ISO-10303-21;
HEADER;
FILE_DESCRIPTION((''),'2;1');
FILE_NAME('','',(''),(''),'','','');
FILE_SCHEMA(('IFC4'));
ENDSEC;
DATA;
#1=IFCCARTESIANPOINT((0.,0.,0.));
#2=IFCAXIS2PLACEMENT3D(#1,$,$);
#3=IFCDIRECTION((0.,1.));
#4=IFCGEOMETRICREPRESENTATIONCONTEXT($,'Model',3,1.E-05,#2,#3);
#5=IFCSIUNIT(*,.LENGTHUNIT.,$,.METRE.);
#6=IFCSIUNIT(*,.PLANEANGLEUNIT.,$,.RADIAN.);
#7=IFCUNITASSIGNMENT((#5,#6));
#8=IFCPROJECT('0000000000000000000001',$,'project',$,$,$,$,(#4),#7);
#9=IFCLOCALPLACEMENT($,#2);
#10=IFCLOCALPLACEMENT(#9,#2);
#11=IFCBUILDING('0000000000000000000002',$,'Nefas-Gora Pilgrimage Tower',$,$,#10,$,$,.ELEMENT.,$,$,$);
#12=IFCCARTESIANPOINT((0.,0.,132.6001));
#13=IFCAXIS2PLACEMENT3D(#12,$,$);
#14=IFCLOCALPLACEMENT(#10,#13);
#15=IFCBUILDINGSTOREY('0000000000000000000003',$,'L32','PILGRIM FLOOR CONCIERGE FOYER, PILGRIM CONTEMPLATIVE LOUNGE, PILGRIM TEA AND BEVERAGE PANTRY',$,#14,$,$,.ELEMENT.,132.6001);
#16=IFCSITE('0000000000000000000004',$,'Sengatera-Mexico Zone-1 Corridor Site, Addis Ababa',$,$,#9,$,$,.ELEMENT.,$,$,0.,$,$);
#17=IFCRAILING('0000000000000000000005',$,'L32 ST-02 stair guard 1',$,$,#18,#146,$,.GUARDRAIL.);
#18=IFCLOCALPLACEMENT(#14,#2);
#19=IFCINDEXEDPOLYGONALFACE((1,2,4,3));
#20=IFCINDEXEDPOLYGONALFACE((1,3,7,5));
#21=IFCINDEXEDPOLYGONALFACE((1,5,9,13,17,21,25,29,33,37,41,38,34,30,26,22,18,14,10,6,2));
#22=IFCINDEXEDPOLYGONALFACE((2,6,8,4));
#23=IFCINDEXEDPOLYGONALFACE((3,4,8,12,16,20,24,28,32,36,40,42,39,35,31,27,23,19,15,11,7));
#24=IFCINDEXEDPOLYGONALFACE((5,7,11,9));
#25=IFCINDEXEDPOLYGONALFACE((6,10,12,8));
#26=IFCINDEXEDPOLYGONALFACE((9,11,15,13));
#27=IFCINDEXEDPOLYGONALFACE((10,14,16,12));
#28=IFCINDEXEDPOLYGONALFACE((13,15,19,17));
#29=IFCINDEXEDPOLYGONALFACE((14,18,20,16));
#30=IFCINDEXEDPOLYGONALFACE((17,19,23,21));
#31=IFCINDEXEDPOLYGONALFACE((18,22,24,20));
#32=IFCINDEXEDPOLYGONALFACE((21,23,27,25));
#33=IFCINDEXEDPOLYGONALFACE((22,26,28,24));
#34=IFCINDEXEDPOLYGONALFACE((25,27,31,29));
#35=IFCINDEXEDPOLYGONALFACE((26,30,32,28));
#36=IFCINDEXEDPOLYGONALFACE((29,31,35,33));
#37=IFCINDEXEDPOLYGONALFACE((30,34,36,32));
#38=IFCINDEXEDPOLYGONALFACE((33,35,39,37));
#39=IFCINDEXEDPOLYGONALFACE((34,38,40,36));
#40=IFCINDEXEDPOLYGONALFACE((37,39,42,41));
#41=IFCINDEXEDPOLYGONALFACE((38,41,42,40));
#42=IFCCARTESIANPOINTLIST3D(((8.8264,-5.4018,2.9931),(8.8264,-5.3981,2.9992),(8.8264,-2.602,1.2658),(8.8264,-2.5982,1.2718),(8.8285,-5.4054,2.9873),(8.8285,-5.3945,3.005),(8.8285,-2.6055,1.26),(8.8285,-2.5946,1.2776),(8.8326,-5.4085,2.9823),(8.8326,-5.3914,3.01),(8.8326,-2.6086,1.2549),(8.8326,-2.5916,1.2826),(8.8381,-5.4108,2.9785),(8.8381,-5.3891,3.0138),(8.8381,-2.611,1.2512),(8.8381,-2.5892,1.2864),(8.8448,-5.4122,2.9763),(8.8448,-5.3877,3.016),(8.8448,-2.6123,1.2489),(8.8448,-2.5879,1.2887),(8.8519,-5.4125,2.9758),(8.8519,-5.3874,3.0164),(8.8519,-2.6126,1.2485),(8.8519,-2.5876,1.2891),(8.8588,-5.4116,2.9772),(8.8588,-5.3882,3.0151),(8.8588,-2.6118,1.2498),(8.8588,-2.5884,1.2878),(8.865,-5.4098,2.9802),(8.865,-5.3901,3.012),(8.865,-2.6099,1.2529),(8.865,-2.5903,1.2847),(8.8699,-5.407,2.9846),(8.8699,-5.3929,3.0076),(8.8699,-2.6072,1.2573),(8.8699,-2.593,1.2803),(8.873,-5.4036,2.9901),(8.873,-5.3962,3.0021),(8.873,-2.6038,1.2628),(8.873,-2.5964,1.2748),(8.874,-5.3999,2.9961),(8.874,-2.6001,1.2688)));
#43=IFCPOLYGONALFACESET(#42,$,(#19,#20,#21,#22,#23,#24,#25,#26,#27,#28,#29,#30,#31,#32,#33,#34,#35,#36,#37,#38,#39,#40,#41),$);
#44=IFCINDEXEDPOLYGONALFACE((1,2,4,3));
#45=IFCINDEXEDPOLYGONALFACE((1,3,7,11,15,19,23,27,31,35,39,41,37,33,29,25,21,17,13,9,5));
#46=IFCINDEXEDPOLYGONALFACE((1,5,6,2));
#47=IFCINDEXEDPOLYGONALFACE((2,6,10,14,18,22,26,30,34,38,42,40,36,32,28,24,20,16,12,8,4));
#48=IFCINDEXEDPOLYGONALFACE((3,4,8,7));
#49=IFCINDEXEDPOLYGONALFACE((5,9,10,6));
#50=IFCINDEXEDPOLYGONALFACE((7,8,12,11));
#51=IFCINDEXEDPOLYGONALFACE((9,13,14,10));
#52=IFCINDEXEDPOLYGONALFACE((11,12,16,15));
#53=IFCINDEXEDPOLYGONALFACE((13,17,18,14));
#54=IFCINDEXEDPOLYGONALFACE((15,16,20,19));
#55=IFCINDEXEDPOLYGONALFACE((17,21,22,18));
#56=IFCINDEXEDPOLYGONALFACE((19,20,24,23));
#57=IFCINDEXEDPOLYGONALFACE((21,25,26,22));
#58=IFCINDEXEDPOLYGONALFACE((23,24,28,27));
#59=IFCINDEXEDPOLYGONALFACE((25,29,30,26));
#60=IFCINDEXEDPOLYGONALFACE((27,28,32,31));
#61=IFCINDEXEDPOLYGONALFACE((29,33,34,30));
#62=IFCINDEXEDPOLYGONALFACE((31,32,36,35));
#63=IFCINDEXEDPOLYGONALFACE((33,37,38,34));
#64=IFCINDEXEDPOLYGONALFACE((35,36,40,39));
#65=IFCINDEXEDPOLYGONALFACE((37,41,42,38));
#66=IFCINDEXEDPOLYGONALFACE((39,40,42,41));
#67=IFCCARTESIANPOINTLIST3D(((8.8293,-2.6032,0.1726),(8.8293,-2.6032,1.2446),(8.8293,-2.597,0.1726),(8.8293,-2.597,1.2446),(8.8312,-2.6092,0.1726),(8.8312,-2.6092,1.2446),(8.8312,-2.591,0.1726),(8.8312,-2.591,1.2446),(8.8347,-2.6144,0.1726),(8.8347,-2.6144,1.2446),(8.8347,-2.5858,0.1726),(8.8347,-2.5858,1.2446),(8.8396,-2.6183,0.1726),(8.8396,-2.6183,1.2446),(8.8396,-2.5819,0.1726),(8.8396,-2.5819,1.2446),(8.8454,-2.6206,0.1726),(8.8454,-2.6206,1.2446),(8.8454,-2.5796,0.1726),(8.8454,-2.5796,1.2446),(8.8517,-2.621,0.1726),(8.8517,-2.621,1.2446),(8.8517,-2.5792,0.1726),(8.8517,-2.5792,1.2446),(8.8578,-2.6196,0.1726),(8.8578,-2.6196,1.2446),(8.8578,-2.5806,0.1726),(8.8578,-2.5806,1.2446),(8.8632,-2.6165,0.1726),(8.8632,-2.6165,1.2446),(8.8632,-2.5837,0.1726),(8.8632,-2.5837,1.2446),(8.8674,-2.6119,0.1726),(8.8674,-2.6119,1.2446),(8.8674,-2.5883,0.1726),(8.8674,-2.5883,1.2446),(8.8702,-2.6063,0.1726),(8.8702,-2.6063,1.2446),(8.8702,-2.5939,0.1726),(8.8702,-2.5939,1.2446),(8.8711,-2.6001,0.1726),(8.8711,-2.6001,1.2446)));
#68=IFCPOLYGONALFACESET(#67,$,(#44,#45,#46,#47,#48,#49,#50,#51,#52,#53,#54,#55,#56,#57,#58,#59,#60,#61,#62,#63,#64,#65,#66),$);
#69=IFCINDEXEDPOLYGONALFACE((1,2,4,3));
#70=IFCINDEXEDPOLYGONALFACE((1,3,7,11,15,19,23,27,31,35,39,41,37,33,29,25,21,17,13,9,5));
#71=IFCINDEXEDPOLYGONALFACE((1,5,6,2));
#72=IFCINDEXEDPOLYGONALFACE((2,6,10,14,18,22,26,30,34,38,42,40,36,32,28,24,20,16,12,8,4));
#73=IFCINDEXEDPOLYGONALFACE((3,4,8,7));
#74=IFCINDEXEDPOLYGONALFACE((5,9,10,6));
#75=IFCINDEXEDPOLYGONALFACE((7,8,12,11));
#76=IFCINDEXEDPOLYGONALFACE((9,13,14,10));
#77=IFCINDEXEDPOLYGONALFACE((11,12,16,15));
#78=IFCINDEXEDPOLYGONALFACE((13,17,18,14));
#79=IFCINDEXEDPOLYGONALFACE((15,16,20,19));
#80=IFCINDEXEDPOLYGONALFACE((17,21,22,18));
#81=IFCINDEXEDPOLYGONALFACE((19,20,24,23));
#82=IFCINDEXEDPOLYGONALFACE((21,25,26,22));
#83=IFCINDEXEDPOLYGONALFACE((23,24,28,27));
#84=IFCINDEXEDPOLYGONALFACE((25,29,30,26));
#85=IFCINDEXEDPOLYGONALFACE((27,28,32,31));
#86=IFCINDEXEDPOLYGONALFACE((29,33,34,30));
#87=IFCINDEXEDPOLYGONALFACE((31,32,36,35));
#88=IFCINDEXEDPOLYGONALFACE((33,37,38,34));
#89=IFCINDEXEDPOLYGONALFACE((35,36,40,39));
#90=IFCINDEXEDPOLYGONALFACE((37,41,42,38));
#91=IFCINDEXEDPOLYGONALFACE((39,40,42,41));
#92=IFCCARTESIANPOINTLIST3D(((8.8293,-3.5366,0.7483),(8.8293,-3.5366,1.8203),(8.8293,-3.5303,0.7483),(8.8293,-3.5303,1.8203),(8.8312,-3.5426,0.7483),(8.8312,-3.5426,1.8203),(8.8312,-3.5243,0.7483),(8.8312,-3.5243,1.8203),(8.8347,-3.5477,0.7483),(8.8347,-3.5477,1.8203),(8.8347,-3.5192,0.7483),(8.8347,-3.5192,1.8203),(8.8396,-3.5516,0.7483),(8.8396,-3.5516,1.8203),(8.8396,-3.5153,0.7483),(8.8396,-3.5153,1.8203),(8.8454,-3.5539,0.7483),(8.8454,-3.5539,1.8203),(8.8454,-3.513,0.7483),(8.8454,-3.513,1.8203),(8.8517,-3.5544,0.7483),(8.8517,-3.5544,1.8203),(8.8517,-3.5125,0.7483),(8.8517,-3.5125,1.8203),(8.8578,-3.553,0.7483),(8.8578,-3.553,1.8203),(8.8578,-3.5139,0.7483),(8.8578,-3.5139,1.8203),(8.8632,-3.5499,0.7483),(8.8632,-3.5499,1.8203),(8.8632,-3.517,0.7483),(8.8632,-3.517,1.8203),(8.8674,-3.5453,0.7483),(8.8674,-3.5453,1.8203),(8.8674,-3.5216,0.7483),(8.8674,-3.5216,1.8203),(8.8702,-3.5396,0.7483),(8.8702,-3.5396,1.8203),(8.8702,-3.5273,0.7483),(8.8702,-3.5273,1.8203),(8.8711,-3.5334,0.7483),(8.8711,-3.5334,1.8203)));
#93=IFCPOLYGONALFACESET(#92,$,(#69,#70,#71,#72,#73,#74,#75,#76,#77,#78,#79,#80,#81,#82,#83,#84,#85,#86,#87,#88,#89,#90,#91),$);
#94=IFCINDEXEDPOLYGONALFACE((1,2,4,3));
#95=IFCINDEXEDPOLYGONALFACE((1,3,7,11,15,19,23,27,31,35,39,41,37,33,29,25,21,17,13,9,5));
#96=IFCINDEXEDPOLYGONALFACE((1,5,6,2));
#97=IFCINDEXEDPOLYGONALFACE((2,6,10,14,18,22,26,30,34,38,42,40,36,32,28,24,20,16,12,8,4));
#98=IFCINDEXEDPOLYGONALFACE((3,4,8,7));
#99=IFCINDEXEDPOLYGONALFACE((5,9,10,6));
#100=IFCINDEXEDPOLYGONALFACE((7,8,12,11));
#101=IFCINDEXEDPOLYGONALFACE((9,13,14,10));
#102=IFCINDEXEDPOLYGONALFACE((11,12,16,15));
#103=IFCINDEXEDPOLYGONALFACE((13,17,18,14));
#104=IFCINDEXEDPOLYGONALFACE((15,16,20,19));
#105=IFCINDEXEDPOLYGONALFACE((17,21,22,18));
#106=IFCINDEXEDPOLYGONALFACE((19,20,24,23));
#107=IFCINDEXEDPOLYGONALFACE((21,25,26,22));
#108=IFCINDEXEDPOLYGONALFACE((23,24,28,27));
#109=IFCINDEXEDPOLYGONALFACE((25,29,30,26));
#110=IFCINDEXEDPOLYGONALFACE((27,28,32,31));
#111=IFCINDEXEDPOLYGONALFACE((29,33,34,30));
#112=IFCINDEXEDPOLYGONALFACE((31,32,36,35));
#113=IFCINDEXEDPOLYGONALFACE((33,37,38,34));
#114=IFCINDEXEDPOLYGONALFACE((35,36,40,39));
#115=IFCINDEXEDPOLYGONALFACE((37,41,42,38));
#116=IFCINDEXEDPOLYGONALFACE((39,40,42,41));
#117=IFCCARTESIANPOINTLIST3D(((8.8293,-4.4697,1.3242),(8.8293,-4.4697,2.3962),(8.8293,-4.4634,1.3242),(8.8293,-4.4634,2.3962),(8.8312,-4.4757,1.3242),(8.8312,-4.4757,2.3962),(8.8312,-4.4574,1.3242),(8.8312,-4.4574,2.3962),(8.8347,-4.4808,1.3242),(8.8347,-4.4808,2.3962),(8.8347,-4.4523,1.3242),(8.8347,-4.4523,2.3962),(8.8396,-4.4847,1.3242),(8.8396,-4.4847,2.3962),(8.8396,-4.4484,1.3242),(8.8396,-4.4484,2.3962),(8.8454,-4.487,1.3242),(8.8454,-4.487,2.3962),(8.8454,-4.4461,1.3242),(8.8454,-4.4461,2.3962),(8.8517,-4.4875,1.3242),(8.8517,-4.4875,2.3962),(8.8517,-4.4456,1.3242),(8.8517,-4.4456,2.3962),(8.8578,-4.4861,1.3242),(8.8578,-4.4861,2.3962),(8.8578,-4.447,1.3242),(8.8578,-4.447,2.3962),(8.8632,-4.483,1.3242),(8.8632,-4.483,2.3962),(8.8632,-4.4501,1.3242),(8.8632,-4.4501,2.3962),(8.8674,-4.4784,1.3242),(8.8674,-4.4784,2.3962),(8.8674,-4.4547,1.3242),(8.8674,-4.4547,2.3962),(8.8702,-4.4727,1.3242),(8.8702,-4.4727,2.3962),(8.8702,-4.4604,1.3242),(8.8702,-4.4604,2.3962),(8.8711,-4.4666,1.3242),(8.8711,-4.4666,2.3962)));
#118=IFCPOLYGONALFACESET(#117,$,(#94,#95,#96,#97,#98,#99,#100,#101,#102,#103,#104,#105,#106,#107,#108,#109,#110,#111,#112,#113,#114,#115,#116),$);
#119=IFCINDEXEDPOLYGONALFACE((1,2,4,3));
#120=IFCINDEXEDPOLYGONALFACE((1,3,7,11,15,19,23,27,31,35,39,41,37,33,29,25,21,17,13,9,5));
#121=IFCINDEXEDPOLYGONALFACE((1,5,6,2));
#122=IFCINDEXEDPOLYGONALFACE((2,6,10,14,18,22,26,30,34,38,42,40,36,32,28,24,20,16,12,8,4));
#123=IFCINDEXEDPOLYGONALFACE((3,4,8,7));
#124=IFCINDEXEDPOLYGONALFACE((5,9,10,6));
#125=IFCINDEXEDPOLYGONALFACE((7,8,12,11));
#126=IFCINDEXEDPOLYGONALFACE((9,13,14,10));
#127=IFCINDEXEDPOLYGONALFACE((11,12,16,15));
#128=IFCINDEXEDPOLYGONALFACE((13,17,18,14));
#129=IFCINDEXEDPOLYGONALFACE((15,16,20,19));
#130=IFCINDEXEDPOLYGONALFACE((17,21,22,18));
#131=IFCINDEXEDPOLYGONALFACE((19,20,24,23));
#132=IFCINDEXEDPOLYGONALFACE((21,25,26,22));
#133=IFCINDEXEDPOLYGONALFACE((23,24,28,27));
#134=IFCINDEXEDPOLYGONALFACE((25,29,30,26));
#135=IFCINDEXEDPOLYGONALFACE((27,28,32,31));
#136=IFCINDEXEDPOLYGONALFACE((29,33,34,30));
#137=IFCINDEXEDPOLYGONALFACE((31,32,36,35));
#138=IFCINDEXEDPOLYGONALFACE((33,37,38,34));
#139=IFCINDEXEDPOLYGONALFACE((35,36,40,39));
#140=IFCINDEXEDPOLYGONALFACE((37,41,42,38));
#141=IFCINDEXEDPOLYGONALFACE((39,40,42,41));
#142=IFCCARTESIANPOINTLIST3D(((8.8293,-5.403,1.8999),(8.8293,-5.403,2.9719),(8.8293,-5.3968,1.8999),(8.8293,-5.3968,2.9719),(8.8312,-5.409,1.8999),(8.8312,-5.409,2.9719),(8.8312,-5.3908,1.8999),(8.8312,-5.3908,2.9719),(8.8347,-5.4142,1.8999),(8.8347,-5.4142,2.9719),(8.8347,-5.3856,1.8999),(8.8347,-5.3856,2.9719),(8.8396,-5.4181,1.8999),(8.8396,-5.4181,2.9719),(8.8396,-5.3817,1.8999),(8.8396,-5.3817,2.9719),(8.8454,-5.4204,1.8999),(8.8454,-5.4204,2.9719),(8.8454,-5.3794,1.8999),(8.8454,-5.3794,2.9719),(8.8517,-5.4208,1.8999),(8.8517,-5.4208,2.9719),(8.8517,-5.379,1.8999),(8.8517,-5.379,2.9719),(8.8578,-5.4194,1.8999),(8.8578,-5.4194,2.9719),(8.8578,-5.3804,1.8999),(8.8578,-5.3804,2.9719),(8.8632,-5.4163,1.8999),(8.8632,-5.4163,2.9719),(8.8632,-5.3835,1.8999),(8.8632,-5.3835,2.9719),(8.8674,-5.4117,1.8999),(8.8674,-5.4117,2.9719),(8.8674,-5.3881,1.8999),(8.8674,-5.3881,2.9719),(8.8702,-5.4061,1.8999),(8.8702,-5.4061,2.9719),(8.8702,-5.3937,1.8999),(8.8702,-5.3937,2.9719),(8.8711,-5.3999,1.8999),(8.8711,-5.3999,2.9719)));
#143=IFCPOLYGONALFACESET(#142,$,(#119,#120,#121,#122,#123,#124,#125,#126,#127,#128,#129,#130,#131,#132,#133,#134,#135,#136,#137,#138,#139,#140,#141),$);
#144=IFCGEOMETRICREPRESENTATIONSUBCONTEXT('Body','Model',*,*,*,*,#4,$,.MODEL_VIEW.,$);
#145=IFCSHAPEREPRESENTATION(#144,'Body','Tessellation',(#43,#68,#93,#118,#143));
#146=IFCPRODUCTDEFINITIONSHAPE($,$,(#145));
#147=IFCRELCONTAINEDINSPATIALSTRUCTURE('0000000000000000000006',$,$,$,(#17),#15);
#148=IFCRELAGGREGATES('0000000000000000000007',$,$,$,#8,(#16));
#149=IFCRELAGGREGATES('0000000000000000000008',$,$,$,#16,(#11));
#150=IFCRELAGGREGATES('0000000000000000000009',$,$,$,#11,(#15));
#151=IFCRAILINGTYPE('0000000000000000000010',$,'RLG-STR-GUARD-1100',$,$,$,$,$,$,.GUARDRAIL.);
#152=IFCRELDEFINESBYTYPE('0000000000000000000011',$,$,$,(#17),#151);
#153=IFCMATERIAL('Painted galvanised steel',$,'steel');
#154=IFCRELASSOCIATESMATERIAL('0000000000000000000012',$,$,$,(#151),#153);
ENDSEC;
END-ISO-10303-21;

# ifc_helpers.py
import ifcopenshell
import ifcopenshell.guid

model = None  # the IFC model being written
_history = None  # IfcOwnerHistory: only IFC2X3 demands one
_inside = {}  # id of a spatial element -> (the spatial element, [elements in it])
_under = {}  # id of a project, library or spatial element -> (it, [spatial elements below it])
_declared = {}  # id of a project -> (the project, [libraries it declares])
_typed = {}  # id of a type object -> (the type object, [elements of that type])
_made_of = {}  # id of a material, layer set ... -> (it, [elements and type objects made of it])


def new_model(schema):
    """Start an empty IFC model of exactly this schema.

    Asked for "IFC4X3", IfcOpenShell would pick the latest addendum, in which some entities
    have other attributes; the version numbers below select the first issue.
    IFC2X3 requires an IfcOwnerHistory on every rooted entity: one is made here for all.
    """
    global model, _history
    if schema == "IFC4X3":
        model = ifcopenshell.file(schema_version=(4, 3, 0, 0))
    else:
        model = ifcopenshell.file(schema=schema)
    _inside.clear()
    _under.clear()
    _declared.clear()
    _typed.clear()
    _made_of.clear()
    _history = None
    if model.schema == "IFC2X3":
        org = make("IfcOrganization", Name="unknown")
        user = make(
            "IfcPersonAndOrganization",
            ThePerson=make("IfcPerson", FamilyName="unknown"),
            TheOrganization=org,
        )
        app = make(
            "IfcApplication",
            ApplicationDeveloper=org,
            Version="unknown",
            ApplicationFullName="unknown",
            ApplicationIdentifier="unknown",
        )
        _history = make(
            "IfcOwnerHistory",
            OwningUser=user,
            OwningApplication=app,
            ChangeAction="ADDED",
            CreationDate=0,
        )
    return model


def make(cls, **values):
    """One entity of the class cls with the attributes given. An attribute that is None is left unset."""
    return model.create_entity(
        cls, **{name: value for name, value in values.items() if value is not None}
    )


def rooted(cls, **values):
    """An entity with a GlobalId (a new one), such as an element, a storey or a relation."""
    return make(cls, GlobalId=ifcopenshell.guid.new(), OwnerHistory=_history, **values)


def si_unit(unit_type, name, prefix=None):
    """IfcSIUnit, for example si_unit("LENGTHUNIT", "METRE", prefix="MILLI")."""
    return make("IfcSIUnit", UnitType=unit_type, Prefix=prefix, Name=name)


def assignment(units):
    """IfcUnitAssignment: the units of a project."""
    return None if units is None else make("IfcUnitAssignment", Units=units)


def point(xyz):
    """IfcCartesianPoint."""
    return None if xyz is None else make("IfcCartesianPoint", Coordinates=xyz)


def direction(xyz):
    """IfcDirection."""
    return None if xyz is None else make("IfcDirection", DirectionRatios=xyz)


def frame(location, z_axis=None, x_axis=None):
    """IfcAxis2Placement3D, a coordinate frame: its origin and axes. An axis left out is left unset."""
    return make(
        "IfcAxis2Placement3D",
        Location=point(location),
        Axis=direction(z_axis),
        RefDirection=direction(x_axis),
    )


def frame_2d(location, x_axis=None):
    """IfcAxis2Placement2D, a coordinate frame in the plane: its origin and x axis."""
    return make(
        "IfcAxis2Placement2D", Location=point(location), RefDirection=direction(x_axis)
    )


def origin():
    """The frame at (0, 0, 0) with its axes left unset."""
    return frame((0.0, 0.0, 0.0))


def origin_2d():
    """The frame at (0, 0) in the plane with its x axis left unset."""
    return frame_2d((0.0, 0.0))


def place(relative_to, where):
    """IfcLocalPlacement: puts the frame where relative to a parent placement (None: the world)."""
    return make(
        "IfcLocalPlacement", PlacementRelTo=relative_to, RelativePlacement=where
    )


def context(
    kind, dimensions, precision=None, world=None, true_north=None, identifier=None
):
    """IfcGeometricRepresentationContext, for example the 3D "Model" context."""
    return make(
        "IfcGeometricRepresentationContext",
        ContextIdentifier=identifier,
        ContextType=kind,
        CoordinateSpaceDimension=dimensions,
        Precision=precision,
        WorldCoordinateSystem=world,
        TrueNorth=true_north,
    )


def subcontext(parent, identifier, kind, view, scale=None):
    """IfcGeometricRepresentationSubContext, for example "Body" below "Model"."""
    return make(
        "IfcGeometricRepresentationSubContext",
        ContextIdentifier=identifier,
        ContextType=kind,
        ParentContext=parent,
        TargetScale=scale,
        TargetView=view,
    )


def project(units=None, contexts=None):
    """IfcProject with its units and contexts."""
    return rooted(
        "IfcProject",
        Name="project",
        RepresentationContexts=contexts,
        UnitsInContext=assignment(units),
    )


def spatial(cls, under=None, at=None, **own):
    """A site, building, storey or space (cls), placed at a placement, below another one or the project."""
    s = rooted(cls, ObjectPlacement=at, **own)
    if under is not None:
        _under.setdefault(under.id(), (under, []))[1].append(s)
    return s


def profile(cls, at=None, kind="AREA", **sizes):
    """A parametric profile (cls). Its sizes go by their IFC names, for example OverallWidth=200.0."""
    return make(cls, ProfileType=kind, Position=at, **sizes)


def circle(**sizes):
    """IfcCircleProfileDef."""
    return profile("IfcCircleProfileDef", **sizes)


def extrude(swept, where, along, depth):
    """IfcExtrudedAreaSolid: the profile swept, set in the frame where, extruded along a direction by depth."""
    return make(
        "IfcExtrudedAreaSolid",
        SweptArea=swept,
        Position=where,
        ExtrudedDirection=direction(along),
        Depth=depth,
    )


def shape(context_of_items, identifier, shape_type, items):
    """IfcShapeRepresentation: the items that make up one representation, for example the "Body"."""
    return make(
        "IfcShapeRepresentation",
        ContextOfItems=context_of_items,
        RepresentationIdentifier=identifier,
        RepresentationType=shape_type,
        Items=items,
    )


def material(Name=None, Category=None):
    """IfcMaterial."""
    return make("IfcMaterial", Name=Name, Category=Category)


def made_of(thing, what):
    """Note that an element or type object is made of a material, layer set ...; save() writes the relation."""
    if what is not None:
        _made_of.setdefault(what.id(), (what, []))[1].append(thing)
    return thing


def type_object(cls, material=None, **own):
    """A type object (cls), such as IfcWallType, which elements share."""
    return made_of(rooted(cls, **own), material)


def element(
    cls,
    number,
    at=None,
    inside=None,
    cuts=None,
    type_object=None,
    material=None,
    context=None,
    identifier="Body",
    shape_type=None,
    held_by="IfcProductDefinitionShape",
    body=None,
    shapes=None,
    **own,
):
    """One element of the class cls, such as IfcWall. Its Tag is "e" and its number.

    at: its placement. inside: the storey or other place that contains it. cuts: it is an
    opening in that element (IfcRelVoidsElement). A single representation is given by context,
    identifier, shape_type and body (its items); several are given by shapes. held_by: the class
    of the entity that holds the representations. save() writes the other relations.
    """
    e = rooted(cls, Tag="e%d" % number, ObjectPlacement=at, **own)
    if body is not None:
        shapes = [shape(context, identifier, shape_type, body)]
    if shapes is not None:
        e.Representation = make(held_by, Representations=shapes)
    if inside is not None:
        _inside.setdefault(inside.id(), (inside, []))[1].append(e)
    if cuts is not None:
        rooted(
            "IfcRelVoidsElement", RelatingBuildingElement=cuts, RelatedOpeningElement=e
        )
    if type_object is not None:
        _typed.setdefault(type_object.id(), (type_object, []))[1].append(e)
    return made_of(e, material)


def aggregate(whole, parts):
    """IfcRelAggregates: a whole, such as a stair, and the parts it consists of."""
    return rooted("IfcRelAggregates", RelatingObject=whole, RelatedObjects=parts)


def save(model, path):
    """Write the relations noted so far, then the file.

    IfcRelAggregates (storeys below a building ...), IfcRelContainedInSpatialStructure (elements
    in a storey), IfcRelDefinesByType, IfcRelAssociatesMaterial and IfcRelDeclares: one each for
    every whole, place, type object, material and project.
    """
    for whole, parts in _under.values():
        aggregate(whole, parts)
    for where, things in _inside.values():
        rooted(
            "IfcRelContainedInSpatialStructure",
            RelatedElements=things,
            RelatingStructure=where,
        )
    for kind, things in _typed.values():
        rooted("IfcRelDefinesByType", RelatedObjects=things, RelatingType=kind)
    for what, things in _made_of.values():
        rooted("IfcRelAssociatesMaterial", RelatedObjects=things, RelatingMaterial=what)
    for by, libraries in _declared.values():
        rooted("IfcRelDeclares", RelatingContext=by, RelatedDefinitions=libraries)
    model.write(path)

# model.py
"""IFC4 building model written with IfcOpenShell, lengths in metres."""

from ifc_helpers import new_model, si_unit, direction, frame, origin, origin_2d, place, context, subcontext, project, spatial, circle, extrude, material, type_object, element, save


model = new_model("IFC4")

# Units and contexts
model_context = context("Model", 3, precision=1e-05, world=origin(), true_north=direction((0.0, 1.0)))
body_context = subcontext(model_context, "Body", "Model", "MODEL_VIEW")
ifc_project = project(units=[si_unit("LENGTHUNIT", "METRE"), si_unit("PLANEANGLEUNIT", "RADIAN")], contexts=[model_context])

# Site, building, storey
site_placement = place(None, origin())
site = spatial("IfcSite", under=ifc_project, at=site_placement, Name="Sengatera-Mexico Zone-1 Corridor Site, Addis Ababa", CompositionType="ELEMENT", RefElevation=0.0)
building_placement = place(site_placement, origin())
building = spatial("IfcBuilding", under=site, at=building_placement, Name="Nefas-Gora Pilgrimage Tower", CompositionType="ELEMENT")
storey_placement = place(building_placement, frame((0.0, 0.0, 132.6001)))
storey = spatial("IfcBuildingStorey", under=building, at=storey_placement, Name="L32", Description="PILGRIM FLOOR CONCIERGE FOYER, PILGRIM CONTEMPLATIVE LOUNGE, PILGRIM TEA AND BEVERAGE PANTRY", CompositionType="ELEMENT", Elevation=132.6001)

# Railing
ifc_material_1 = material(Name="Painted galvanised steel", Category="steel")
railing_type_1 = type_object("IfcRailingType", Name="RLG-STR-GUARD-1100", PredefinedType="GUARDRAIL", material=ifc_material_1)
railing_1_placement = place(storey_placement, frame((8.8501, -2.6001, 0.1726)))
element("IfcRailing", 1, at=railing_1_placement, inside=storey, type_object=railing_type_1, Name="L32 ST-02 stair guard 1", PredefinedType="GUARDRAIL", context=body_context, shape_type="SweptSolid", body=[
    extrude(circle(Radius=0.0239, at=origin_2d()), frame((0.0, 0.0, 1.0962), z_axis=(0.0, -0.851069, 0.525054), x_axis=(1.0, 0.0, 0.0)), (0.0, 0.0, 1.0), 3.2898),
    extrude(circle(Radius=0.021, at=origin_2d()), origin(), (0.0, 0.0, 1.0), 1.072),
    extrude(circle(Radius=0.021, at=origin_2d()), frame((0.0, -0.9333, 0.5757)), (0.0, 0.0, 1.0), 1.072),
    extrude(circle(Radius=0.021, at=origin_2d()), frame((0.0, -1.8665, 1.1516)), (0.0, 0.0, 1.0), 1.072),
    extrude(circle(Radius=0.021, at=origin_2d()), frame((0.0, -2.7998, 1.7273)), (0.0, 0.0, 1.0), 1.072),
])

save(model, "model.ifc")
